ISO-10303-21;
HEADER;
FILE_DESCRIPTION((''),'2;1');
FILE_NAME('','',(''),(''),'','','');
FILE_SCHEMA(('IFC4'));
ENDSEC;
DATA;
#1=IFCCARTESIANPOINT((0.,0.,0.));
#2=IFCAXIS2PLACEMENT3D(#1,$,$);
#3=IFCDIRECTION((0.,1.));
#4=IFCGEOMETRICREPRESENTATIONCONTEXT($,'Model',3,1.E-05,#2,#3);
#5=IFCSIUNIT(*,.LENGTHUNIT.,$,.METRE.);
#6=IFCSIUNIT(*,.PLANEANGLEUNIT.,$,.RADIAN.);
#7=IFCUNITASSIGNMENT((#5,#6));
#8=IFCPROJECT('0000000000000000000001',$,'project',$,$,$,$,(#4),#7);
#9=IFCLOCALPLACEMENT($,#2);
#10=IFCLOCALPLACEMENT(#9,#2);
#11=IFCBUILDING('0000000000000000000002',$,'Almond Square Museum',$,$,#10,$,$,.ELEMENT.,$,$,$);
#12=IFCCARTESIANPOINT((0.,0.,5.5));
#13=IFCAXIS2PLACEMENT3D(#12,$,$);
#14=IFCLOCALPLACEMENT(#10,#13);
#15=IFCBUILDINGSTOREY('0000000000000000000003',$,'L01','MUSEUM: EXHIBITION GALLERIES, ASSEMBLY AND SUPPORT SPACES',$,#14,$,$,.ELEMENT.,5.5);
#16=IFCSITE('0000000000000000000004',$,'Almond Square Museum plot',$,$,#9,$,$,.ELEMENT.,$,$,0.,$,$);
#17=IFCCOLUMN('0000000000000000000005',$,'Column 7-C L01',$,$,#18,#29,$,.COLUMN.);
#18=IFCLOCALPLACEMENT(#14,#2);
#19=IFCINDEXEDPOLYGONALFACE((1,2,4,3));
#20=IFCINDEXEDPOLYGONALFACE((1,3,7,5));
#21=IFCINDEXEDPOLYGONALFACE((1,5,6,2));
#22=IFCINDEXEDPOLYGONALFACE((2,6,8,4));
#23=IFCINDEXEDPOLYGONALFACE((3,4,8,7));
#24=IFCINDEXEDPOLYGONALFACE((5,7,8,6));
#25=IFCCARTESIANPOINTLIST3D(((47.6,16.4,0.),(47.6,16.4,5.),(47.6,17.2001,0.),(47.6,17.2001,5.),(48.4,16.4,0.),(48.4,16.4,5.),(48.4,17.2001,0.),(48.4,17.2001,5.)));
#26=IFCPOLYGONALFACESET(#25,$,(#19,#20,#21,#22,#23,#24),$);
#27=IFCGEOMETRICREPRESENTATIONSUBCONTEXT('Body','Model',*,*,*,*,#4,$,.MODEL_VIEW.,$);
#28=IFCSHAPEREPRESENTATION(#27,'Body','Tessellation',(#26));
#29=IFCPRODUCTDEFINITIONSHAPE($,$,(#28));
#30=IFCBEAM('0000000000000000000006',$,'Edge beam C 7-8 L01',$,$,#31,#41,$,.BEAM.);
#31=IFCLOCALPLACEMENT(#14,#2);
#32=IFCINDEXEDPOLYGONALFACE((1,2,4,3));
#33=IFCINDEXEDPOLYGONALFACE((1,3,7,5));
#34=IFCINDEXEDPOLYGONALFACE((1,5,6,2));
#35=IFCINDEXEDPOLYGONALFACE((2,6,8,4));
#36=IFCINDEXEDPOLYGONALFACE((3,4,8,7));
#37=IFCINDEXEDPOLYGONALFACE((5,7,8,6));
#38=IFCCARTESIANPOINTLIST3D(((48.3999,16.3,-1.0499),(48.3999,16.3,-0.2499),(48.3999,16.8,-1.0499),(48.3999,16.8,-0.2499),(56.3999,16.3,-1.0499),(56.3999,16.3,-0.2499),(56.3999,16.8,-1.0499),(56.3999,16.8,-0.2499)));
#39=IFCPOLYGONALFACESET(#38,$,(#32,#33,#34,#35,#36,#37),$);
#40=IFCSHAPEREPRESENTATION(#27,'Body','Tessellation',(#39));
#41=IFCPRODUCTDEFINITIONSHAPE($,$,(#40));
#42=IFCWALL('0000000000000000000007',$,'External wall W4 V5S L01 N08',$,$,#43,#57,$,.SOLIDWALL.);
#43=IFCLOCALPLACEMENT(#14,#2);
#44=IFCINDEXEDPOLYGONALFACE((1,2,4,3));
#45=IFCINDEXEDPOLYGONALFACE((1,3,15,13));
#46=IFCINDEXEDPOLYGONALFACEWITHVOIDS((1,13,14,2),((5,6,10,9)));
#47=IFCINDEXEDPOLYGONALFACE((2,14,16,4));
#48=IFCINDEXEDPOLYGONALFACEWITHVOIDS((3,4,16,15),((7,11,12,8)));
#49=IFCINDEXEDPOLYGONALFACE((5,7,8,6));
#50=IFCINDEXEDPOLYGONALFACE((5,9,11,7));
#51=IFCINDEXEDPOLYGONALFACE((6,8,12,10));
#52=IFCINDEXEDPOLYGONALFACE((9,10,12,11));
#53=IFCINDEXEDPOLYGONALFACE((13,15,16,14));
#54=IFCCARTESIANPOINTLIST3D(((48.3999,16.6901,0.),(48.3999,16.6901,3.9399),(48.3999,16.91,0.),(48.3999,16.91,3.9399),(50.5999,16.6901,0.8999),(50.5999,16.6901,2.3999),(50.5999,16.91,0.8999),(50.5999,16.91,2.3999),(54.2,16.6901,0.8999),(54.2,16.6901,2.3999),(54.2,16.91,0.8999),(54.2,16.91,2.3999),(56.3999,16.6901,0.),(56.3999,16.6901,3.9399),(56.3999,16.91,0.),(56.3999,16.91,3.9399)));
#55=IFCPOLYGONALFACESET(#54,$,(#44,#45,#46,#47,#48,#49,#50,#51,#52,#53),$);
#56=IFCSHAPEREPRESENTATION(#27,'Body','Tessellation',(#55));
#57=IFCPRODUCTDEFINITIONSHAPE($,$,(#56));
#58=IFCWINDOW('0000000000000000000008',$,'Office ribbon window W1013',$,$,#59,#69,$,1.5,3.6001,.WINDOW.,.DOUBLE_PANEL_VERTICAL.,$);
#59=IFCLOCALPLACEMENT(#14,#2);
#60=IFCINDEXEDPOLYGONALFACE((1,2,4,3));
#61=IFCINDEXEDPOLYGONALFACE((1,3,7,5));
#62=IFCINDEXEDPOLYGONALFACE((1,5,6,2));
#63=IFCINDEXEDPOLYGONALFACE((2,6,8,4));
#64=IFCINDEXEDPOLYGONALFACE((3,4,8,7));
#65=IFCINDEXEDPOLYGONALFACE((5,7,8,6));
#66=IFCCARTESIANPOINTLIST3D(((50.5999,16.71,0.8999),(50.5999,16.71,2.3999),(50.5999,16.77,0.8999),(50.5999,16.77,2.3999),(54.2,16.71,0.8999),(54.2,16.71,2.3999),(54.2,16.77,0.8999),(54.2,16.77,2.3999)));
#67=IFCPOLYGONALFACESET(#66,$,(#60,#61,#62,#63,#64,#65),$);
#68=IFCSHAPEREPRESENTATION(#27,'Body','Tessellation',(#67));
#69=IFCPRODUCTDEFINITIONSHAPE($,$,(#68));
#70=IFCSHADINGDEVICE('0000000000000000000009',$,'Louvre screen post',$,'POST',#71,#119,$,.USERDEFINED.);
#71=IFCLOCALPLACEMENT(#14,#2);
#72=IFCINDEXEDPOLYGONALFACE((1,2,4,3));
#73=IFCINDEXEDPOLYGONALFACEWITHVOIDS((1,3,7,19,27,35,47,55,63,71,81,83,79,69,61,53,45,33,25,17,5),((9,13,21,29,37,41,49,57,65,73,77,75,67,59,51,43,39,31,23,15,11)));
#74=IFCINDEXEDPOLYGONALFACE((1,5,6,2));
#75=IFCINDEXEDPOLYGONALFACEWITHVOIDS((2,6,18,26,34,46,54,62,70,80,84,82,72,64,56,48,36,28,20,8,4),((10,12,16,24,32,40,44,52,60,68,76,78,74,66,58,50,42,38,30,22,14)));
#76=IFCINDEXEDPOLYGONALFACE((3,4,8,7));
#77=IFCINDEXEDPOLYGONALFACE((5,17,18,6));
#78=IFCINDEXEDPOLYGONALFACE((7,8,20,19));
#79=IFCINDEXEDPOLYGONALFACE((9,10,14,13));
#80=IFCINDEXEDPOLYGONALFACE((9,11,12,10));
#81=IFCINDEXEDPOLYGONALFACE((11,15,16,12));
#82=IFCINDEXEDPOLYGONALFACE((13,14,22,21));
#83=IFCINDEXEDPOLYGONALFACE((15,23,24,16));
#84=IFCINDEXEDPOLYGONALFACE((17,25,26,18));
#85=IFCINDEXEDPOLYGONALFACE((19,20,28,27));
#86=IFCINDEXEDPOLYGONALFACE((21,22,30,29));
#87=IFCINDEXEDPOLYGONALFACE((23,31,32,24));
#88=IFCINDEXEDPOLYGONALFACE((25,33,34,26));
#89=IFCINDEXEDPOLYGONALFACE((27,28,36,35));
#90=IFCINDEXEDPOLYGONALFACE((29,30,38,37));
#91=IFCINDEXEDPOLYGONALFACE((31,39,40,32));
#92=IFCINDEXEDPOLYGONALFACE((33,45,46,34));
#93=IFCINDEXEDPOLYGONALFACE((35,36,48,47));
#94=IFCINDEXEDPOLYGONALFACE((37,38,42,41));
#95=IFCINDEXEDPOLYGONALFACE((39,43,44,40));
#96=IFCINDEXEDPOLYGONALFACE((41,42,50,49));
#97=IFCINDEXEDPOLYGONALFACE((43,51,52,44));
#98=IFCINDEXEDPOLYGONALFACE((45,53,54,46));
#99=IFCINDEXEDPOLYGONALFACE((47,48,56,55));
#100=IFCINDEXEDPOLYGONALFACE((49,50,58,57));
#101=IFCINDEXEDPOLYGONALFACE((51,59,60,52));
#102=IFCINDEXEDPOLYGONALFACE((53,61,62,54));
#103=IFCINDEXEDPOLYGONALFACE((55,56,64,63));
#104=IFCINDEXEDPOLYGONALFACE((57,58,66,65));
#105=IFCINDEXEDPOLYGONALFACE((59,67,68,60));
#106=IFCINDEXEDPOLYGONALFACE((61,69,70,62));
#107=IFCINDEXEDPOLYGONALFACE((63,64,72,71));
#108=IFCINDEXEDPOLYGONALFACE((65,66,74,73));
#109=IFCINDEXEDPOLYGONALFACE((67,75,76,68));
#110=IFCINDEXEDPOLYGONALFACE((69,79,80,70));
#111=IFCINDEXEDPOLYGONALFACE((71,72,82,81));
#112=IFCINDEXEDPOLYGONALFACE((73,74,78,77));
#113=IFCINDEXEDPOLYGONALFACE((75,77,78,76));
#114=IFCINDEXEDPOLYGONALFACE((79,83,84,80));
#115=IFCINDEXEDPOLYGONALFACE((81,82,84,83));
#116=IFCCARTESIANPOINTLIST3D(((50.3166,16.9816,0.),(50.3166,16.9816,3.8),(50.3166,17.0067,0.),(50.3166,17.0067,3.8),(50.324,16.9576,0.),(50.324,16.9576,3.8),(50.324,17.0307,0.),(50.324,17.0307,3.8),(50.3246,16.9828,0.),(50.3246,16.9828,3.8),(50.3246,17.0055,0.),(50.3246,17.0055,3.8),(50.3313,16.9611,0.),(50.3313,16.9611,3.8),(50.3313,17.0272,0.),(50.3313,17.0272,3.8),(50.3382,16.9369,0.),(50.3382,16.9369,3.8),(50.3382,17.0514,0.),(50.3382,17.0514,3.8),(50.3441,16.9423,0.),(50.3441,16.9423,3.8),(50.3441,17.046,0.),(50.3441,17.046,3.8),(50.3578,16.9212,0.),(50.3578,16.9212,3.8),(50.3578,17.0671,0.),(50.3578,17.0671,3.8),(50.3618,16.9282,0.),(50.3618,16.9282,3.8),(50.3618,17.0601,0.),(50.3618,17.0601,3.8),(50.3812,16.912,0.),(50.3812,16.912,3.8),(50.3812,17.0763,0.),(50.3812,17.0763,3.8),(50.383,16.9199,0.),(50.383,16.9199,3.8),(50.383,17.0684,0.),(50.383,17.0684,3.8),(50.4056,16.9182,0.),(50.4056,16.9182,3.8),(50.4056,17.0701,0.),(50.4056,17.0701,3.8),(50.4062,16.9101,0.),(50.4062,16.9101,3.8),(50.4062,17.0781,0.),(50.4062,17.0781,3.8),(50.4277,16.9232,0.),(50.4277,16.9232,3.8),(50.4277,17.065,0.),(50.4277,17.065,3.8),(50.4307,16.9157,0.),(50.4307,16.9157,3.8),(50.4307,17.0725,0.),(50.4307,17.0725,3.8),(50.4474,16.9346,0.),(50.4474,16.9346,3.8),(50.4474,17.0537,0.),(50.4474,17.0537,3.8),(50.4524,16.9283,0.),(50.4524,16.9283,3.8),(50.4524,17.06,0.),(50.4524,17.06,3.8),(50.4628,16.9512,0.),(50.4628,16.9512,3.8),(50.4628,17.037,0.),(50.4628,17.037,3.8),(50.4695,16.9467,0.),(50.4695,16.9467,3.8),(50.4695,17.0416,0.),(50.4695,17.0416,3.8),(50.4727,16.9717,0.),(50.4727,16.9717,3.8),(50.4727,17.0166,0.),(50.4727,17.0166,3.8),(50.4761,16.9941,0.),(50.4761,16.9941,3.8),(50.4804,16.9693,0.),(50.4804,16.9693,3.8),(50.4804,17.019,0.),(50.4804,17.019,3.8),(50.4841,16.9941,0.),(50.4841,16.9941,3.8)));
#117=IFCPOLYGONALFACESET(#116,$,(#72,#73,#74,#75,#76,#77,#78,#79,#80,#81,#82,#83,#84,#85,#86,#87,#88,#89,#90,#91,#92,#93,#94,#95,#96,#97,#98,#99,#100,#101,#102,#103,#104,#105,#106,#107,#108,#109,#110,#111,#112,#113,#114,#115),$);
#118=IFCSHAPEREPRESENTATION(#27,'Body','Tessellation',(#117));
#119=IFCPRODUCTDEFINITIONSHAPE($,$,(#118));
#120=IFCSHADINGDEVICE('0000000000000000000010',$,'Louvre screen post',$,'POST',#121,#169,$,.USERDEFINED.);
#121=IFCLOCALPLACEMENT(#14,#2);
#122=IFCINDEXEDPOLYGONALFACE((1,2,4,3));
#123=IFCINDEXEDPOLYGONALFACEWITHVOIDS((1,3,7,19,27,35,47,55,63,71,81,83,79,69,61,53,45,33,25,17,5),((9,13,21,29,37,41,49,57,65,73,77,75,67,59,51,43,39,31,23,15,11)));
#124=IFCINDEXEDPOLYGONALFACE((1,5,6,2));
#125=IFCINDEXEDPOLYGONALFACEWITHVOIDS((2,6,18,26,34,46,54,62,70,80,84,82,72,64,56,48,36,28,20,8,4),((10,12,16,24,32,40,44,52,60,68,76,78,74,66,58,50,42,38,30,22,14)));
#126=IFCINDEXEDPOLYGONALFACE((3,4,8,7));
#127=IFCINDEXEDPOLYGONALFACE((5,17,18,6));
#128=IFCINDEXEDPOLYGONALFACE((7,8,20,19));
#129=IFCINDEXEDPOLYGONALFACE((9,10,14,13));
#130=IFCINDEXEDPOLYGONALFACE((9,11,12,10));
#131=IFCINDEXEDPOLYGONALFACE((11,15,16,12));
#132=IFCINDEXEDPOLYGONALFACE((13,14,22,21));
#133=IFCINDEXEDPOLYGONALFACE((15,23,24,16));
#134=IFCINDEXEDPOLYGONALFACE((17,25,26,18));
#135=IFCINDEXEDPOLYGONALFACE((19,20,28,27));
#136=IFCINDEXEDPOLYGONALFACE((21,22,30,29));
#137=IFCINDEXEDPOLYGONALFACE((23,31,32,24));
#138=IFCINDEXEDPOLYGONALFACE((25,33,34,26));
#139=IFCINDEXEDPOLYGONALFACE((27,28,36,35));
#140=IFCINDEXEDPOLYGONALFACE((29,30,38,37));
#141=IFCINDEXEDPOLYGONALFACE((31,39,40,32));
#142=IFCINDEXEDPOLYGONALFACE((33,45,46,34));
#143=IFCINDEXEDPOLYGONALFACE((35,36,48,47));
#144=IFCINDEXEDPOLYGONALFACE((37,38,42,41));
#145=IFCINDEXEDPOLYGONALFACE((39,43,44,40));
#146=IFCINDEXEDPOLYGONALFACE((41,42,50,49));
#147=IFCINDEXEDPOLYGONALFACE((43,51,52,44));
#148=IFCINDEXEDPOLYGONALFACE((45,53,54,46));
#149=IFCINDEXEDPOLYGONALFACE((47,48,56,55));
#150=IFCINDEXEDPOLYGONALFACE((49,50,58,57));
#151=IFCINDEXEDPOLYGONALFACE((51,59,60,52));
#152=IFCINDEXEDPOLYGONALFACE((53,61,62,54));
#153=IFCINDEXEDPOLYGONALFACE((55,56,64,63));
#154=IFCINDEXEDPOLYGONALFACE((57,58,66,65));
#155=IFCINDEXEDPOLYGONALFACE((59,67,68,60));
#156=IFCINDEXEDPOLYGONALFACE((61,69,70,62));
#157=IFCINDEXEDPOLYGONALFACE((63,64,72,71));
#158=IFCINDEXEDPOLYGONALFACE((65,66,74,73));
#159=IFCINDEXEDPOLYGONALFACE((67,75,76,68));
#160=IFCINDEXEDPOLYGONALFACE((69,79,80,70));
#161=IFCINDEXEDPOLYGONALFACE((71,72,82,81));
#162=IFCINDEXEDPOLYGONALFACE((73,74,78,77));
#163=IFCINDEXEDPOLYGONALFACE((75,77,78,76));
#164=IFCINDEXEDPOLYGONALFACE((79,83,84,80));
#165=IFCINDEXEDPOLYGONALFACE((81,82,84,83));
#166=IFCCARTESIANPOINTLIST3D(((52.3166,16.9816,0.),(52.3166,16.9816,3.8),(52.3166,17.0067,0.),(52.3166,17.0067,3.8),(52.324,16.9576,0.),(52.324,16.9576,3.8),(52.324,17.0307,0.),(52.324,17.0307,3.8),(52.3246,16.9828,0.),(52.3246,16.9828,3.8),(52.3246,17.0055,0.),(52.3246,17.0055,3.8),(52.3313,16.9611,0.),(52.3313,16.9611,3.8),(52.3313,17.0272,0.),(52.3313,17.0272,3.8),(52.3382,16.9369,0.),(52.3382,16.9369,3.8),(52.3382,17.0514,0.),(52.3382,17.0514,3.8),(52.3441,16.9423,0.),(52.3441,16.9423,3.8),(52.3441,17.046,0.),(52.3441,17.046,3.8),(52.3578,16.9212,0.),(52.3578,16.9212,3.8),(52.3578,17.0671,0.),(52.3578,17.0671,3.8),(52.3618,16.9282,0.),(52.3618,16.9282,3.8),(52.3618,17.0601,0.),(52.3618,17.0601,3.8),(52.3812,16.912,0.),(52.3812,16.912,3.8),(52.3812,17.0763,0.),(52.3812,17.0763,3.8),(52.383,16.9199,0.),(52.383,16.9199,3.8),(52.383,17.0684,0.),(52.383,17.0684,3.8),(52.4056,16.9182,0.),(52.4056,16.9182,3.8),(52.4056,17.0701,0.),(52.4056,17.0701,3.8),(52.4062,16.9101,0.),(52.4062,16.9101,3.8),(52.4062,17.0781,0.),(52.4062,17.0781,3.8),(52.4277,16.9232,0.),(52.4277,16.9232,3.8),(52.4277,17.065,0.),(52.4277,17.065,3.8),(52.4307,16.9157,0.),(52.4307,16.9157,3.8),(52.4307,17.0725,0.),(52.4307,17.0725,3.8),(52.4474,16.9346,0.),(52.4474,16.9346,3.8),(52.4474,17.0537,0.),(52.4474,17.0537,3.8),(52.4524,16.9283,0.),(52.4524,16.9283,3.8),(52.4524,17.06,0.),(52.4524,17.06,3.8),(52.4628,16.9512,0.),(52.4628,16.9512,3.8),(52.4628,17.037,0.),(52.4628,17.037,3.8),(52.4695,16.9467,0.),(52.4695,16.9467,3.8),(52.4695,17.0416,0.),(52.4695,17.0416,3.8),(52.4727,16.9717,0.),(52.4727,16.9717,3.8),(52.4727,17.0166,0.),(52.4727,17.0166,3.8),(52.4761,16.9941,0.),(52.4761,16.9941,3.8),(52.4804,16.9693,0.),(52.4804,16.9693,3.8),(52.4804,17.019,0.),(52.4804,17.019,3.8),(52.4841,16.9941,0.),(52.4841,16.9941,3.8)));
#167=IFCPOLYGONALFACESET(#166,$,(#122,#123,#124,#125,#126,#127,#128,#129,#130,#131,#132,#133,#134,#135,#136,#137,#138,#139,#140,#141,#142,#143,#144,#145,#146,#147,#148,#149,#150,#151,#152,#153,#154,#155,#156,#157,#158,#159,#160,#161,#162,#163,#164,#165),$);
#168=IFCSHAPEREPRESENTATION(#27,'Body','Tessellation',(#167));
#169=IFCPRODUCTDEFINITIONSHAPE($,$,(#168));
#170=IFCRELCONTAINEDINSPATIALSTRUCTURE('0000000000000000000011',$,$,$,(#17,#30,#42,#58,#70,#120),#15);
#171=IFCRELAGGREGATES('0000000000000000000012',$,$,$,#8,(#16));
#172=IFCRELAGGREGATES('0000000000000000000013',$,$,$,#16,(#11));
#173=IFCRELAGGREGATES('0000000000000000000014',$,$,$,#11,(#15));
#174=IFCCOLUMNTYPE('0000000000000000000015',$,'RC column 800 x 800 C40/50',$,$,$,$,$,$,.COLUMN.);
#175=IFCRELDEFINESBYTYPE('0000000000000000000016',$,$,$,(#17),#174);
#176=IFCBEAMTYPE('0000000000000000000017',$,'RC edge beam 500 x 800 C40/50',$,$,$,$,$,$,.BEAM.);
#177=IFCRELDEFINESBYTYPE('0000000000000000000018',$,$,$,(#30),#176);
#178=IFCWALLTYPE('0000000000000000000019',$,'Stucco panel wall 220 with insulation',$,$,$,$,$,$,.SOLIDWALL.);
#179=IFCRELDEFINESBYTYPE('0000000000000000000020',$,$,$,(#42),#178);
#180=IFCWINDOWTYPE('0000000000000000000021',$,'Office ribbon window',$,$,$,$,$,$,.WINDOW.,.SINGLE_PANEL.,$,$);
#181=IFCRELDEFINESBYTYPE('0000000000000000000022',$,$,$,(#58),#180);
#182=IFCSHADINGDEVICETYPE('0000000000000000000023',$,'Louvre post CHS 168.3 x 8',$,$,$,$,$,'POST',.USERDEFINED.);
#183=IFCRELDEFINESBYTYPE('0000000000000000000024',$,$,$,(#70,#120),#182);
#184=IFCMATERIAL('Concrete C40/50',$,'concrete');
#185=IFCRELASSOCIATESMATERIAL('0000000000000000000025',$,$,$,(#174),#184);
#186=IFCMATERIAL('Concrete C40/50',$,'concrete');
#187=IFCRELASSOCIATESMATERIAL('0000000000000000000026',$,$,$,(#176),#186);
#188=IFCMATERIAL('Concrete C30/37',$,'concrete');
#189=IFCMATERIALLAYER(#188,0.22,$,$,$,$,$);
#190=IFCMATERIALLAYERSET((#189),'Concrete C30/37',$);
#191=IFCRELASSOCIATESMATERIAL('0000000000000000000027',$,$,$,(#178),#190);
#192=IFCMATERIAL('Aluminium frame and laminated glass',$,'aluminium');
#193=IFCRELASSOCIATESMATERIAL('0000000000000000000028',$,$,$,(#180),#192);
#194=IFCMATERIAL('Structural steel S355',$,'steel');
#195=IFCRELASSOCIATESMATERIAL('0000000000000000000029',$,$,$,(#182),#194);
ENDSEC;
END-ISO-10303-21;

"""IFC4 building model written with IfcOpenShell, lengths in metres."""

from ifc_helpers import new_model, si_unit, direction, frame, frame_2d, origin, origin_2d, place, context, subcontext, project, spatial, rectangle, hollow_circle, extrude, material, layer, layer_set, material_profile, profile_set, type_object, element, fill, save


model = new_model("IFC4")

# Units and contexts
model_context = context("Model", 3, precision=1e-05, world=origin(), true_north=direction((0.0, 1.0)))
body_context = subcontext(model_context, "Body", "Model", "MODEL_VIEW")
ifc_project = project(units=[si_unit("LENGTHUNIT", "METRE"), si_unit("PLANEANGLEUNIT", "RADIAN")], contexts=[model_context])

# Site, building, storey
site_placement = place(None, origin())
site = spatial("IfcSite", under=ifc_project, at=site_placement, Name="Almond Square Museum plot", CompositionType="ELEMENT", RefElevation=0.0)
building_placement = place(site_placement, origin())
building = spatial("IfcBuilding", under=site, at=building_placement, Name="Almond Square Museum", CompositionType="ELEMENT")
storey_placement = place(building_placement, frame((0.0, 0.0, 5.5)))
storey = spatial("IfcBuildingStorey", under=building, at=storey_placement, Name="L01", Description="MUSEUM: EXHIBITION GALLERIES, ASSEMBLY AND SUPPORT SPACES", CompositionType="ELEMENT", Elevation=5.5)

# Column
ifc_material_1 = material(Name="Concrete C40/50", Category="concrete")
ifc_material_profile_1 = material_profile(ifc_material_1, rectangle(XDim=0.8, YDim=0.8, at=origin_2d()))
ifc_profile_set_1 = profile_set([ifc_material_profile_1], Name="Concrete C40/50")
column_type = type_object("IfcColumnType", Name="RC column 800 x 800 C40/50", PredefinedType="COLUMN", material=ifc_profile_set_1)
column_placement = place(storey_placement, frame((48.0, 16.8, 0.0), z_axis=(0.0, 0.0, 1.0), x_axis=(1.0, 0.0, 0.0)))
element("IfcColumn", 1, at=column_placement, inside=storey, type_object=column_type, Name="Column 7-C L01", PredefinedType="COLUMN", context=body_context, shape_type="SweptSolid", body=[
    extrude(rectangle(XDim=0.8, YDim=0.8, at=origin_2d()), origin(), (0.0, 0.0, 1.0), 5.0),
])

# Beam
ifc_material_2 = material(Name="Concrete C40/50", Category="concrete")
ifc_material_profile_2 = material_profile(ifc_material_2, rectangle(XDim=0.5, YDim=0.8, at=origin_2d()))
ifc_profile_set_2 = profile_set([ifc_material_profile_2], Name="Concrete C40/50")
beam_type = type_object("IfcBeamType", Name="RC edge beam 500 x 800 C40/50", PredefinedType="BEAM", material=ifc_profile_set_2)
beam_placement = place(storey_placement, frame((48.3999, 16.55, -0.6499), z_axis=(1.0, 0.0, 0.0), x_axis=(0.0, 1.0, 0.0)))
element("IfcBeam", 2, at=beam_placement, inside=storey, type_object=beam_type, Name="Edge beam C 7-8 L01", PredefinedType="BEAM", context=body_context, shape_type="SweptSolid", body=[
    extrude(rectangle(XDim=0.5, YDim=0.8, at=origin_2d()), origin(), (0.0, 0.0, 1.0), 8.0),
])

# Wall, opening, window
ifc_material_3 = material(Name="Concrete C30/37", Category="concrete")
ifc_layer = layer(ifc_material_3, 0.22)
ifc_layer_set = layer_set([ifc_layer], Name="Concrete C30/37")
wall_type = type_object("IfcWallType", Name="Stucco panel wall 220 with insulation", PredefinedType="SOLIDWALL", material=ifc_layer_set)
wall_placement = place(storey_placement, frame((48.3999, 16.8, 0.0), z_axis=(0.0, 0.0, 1.0), x_axis=(1.0, 0.0, 0.0)))
wall = element("IfcWall", 3, at=wall_placement, inside=storey, type_object=wall_type, Name="External wall W4 V5S L01 N08", PredefinedType="SOLIDWALL", context=body_context, shape_type="SweptSolid", body=[
    extrude(rectangle(XDim=8.0, YDim=0.22, at=frame_2d((4.0, 0.0))), origin(), (0.0, 0.0, 1.0), 3.9399),
])
opening_placement = place(wall_placement, frame((2.2, 0.0, 0.8999)))
opening = element("IfcOpeningElement", 4, at=opening_placement, cuts=wall, PredefinedType="OPENING", context=body_context, shape_type="SweptSolid", body=[
    extrude(rectangle(XDim=3.6001, YDim=1.5, at=frame_2d((1.8, 0.75))), frame((0.0, 0.1199, 0.0), z_axis=(0.0, -1.0, 0.0), x_axis=(1.0, 0.0, 0.0)), (0.0, 0.0, 1.0), 0.24),
])
ifc_material_4 = material(Name="Aluminium frame and laminated glass", Category="aluminium")
window_type = type_object("IfcWindowType", Name="Office ribbon window", PartitioningType="SINGLE_PANEL", PredefinedType="WINDOW", material=ifc_material_4)
window_placement = place(opening_placement, origin())
window = element("IfcWindow", 5, at=window_placement, inside=storey, type_object=window_type, Name="Office ribbon window W1013", OverallHeight=1.5, OverallWidth=3.6001, PartitioningType="DOUBLE_PANEL_VERTICAL", PredefinedType="WINDOW", context=body_context, shape_type="SweptSolid", body=[
    extrude(rectangle(XDim=3.6001, YDim=1.5, at=frame_2d((1.8, 0.75))), frame((0.0, -0.03, 0.0), z_axis=(0.0, -1.0, 0.0), x_axis=(1.0, 0.0, 0.0)), (0.0, 0.0, 1.0), 0.0601),
])
fill(opening, window)

# Shading devices
ifc_material_5 = material(Name="Structural steel S355", Category="steel")
ifc_material_profile_3 = material_profile(ifc_material_5, hollow_circle(Radius=0.0842, WallThickness=0.0081, at=origin_2d()))
ifc_profile_set_3 = profile_set([ifc_material_profile_3], Name="Structural steel S355")
shading_device_type_1 = type_object("IfcShadingDeviceType", Name="Louvre post CHS 168.3 x 8", ElementType="POST", PredefinedType="USERDEFINED", material=ifc_profile_set_3)
for number, where, z_axis, x_axis, name in (
    (6, (50.3999, 16.9941, 0.0), (0.0, 0.0, 1.0), (1.0, 0.0, 0.0), "Louvre screen post"),
    (7, (52.3999, 16.9941, 0.0), (0.0, 0.0, 1.0), (1.0, 0.0, 0.0), "Louvre screen post"),
):
    element("IfcShadingDevice", number, at=place(storey_placement, frame(where, z_axis=z_axis, x_axis=x_axis)), inside=storey, type_object=shading_device_type_1, Name=name, ObjectType="POST", PredefinedType="USERDEFINED", context=body_context, shape_type="SweptSolid", body=[
        extrude(hollow_circle(Radius=0.0842, WallThickness=0.0081, at=origin_2d()), origin(), (0.0, 0.0, 1.0), 3.8),
    ])

save(model, "model.ifc")
